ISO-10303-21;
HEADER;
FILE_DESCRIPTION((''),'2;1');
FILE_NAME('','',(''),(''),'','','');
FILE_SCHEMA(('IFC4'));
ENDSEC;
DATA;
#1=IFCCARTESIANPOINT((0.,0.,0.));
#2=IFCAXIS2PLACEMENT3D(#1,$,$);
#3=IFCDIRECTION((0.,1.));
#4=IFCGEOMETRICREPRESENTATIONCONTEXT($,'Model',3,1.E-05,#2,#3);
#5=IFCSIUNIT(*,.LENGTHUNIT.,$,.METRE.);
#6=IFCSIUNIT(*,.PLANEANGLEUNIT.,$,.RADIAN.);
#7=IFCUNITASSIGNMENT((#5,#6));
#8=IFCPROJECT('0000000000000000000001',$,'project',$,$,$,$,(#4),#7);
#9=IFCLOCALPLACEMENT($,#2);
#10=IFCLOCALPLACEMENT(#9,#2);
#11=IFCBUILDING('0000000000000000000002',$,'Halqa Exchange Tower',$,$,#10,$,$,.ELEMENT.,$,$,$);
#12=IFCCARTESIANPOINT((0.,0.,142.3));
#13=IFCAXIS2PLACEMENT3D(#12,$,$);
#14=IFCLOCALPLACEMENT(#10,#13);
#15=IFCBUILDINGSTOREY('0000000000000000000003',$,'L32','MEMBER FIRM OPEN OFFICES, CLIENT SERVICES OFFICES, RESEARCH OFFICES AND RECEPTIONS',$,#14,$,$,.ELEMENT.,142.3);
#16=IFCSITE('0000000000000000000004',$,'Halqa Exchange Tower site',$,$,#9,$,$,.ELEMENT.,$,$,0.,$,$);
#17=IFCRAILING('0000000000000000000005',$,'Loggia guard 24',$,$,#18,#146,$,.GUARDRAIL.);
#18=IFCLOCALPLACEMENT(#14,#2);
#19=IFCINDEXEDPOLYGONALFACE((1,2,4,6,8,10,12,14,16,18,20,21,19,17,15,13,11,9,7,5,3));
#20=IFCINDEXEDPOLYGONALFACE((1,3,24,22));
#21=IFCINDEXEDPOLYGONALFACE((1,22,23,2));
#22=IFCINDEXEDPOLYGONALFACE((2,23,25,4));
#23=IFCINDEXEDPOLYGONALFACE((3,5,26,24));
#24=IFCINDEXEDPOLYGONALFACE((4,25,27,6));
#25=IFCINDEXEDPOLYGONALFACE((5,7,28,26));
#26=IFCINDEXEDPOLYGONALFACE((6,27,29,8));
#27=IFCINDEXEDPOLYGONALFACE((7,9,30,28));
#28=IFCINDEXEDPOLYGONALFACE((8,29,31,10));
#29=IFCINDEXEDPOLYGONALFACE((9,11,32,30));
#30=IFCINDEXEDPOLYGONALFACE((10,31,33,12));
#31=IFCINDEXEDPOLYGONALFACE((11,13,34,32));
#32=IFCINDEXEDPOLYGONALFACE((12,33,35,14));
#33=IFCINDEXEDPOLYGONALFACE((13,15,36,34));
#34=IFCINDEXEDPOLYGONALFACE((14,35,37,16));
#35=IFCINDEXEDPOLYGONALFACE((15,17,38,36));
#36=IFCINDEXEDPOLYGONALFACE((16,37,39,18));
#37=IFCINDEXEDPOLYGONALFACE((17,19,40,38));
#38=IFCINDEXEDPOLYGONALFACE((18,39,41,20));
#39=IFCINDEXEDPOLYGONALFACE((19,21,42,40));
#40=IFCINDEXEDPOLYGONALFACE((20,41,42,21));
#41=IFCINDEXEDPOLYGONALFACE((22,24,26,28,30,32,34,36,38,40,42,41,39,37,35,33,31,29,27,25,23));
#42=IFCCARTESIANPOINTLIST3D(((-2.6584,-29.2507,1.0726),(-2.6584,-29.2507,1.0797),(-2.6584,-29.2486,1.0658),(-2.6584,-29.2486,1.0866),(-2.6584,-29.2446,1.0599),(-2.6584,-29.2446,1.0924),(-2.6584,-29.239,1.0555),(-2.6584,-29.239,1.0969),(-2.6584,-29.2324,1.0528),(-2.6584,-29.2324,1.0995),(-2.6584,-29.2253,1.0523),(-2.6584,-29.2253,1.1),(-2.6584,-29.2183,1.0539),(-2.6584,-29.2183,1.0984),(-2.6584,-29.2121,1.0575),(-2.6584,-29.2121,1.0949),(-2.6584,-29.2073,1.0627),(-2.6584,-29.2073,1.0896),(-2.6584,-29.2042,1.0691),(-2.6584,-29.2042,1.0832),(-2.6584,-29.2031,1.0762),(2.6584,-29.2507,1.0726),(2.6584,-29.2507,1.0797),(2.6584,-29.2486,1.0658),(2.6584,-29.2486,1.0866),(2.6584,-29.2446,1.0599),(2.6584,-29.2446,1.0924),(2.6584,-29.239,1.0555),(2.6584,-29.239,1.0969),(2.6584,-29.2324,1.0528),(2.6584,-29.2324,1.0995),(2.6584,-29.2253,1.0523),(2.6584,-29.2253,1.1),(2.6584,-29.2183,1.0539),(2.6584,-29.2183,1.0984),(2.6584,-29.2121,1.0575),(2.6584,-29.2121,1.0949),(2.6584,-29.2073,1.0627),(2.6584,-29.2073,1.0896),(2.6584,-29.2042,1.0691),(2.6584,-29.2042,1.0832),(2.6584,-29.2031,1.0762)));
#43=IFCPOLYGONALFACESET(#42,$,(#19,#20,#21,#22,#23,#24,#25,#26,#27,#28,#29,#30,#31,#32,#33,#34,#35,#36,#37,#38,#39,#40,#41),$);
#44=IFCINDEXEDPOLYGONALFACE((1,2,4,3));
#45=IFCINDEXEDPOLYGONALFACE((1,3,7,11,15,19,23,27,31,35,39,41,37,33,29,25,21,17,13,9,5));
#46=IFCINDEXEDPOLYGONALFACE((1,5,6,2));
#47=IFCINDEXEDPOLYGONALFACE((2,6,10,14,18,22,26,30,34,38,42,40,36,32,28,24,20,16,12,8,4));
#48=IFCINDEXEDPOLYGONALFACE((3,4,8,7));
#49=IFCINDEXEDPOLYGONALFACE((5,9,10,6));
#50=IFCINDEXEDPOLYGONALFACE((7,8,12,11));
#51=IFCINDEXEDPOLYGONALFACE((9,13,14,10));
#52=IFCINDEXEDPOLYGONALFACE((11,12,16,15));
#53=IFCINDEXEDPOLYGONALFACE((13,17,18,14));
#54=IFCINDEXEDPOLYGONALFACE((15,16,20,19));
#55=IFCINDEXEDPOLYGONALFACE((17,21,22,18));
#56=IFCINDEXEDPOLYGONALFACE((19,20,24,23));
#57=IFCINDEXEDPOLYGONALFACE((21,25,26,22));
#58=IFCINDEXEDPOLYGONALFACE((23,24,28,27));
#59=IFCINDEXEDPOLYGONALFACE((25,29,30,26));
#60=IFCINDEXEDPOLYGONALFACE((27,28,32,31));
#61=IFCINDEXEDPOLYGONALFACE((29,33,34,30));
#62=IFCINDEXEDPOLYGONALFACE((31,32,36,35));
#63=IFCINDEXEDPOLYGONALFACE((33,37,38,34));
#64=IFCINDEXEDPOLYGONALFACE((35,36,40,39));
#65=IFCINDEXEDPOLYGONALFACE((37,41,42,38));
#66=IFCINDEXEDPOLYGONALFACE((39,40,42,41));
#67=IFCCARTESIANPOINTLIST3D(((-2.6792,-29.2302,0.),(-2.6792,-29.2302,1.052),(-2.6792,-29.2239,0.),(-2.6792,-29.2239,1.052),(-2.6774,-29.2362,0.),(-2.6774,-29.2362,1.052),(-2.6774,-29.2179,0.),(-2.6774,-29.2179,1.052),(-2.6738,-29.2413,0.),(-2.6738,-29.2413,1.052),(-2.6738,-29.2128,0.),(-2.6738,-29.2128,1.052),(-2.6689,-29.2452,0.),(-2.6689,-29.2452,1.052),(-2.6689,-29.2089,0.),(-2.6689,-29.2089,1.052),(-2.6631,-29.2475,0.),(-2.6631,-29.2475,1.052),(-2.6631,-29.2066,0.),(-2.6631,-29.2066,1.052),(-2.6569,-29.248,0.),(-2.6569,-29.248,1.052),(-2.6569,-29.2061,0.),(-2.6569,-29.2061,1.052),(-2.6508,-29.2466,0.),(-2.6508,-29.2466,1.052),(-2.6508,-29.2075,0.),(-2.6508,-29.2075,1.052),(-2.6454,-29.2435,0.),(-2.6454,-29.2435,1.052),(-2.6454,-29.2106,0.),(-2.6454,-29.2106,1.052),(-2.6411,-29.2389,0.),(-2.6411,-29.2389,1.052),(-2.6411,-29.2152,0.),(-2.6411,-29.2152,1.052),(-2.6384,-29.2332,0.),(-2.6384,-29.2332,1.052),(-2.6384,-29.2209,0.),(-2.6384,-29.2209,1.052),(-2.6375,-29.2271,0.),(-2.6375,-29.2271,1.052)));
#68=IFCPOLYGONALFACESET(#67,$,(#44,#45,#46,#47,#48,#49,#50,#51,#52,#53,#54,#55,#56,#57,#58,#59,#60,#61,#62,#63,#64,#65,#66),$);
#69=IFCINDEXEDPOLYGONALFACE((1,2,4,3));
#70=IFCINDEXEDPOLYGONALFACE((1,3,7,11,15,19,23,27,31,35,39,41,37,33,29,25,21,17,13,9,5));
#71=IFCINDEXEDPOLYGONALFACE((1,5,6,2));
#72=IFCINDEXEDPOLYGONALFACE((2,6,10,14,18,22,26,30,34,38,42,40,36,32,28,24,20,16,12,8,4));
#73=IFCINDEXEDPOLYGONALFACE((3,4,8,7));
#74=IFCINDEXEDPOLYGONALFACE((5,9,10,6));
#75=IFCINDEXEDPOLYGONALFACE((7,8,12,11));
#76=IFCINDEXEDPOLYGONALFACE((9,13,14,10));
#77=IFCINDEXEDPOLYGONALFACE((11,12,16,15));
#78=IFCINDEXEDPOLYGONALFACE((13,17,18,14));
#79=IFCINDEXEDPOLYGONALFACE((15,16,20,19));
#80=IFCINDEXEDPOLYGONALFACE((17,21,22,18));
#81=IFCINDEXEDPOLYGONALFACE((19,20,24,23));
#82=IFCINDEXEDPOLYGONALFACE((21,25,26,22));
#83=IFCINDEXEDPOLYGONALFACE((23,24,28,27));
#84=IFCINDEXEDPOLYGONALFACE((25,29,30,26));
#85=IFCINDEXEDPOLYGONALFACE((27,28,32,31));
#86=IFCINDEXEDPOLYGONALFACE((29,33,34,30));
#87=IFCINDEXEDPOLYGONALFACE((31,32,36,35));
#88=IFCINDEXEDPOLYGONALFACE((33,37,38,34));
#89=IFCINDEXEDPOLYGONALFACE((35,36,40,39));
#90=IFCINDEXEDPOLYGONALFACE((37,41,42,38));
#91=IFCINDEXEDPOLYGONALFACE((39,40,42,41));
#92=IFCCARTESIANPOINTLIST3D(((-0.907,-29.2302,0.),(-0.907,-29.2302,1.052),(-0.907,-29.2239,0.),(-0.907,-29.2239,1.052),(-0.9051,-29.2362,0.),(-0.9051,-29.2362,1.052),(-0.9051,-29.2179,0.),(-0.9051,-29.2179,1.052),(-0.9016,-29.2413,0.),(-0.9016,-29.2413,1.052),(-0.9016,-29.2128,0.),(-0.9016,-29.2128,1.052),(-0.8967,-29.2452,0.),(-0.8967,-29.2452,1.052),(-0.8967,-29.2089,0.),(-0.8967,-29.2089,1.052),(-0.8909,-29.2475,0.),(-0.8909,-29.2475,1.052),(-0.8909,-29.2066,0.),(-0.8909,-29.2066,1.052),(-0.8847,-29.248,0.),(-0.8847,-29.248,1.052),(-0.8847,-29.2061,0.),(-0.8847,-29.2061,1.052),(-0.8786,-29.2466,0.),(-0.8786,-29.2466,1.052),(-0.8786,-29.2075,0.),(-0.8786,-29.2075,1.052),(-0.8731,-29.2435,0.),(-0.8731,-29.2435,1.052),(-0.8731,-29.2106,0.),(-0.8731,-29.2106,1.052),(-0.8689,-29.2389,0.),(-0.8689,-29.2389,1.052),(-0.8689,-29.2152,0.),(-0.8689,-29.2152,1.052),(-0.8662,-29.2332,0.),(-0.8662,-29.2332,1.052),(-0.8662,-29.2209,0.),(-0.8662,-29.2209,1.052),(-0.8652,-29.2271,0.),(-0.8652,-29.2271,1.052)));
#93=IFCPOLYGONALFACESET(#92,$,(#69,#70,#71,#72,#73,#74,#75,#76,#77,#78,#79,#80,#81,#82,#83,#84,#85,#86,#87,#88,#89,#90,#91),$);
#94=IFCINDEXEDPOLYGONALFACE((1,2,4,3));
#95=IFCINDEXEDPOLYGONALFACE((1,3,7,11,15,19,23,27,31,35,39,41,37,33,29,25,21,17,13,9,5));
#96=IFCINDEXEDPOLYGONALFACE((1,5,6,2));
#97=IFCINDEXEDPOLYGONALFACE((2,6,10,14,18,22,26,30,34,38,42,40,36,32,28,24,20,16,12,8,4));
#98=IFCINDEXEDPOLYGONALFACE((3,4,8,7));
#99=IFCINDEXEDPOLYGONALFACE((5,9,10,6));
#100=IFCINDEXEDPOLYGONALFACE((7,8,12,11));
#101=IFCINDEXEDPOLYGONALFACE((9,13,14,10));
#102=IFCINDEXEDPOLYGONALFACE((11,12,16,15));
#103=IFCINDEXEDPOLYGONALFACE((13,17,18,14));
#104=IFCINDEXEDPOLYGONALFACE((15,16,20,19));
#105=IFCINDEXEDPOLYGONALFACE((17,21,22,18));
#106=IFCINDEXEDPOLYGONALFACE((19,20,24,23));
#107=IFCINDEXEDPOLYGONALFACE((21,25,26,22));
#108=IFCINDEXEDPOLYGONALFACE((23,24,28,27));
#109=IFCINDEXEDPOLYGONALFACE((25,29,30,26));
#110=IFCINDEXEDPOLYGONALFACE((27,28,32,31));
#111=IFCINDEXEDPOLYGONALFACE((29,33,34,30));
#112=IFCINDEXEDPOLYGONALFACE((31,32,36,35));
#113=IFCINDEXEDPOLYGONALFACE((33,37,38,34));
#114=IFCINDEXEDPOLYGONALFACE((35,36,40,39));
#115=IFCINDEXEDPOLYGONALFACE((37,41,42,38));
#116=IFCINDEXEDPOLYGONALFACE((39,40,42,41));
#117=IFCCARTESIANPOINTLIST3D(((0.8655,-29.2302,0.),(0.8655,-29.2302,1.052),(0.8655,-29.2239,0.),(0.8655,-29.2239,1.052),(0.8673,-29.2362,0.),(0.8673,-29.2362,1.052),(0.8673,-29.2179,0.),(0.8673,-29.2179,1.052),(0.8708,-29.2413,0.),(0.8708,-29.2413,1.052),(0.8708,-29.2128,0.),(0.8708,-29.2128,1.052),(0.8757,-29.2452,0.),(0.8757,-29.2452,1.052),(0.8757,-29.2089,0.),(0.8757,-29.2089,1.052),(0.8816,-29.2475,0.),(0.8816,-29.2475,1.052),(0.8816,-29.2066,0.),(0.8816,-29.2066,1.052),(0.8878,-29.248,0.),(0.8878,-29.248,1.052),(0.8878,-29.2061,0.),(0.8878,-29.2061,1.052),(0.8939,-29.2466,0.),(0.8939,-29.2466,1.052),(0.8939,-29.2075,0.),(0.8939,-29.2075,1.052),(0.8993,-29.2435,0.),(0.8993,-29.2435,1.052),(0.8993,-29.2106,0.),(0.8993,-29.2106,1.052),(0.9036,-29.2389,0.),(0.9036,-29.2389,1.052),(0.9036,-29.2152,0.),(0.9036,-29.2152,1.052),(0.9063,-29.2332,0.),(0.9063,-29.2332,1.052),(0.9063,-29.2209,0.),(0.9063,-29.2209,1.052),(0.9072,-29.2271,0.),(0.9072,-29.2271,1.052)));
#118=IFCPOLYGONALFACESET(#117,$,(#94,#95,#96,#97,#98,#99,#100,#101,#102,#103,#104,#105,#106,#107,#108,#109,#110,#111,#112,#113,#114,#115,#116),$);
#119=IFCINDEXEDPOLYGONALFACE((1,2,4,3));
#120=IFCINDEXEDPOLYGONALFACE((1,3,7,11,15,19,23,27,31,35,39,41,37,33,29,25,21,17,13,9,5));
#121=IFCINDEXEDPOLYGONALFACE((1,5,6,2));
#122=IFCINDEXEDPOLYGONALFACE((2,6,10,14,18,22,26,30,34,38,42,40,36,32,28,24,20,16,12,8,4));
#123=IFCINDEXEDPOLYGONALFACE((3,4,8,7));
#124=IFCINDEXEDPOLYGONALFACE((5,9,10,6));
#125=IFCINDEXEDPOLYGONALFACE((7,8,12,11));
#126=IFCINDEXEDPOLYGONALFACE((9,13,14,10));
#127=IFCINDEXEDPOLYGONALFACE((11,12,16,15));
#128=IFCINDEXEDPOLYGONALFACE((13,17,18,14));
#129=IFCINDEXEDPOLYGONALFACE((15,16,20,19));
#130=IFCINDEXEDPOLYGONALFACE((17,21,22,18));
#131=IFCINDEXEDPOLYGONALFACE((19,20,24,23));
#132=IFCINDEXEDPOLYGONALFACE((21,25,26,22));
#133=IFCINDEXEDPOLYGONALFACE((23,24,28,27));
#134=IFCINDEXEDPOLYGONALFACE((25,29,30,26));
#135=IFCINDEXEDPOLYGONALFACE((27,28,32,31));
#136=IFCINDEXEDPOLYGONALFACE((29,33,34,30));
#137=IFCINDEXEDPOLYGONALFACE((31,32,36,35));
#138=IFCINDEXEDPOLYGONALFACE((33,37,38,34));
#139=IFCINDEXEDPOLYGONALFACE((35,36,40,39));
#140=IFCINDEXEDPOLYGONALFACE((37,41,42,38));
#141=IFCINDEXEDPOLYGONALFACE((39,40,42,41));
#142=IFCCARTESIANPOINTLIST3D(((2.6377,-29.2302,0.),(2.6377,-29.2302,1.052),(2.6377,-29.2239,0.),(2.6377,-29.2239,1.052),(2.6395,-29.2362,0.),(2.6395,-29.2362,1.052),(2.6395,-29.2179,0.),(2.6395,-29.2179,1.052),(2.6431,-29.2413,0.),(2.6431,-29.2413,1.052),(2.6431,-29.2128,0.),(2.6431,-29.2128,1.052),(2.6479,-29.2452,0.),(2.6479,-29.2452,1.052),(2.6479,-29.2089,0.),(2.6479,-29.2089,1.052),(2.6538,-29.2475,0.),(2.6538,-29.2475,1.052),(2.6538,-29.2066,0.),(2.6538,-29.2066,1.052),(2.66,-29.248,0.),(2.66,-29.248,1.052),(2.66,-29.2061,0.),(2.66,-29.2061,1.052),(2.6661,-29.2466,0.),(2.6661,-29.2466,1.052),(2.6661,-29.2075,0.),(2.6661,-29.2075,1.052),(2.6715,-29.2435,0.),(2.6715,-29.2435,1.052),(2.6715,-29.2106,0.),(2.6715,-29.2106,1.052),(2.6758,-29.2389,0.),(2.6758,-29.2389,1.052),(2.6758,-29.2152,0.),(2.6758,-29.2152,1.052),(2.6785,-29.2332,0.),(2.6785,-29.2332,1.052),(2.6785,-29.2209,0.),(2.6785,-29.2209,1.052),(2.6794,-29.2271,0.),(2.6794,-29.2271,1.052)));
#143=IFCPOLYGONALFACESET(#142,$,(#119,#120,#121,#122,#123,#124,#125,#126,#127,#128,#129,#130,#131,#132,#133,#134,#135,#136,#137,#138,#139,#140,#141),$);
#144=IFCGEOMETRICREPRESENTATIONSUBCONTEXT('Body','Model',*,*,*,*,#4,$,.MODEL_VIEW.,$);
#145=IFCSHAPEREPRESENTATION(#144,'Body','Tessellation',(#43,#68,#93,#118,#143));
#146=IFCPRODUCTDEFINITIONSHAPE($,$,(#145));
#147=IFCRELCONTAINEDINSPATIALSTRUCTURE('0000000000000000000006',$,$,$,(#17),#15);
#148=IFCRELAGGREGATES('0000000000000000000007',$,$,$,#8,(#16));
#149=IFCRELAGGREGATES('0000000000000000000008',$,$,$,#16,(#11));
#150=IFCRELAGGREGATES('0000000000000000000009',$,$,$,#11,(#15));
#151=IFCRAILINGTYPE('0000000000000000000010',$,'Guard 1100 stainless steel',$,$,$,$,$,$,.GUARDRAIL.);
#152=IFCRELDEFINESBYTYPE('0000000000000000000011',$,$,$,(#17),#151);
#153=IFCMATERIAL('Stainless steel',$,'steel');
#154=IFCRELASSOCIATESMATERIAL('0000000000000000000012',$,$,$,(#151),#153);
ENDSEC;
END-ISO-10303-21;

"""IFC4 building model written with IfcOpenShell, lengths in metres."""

from ifc_helpers import new_model, si_unit, direction, frame, origin, origin_2d, place, context, subcontext, project, spatial, circle, extrude, material, type_object, element, save


model = new_model("IFC4")

# Units and contexts
model_context = context("Model", 3, precision=1e-05, world=origin(), true_north=direction((0.0, 1.0)))
body_context = subcontext(model_context, "Body", "Model", "MODEL_VIEW")
ifc_project = project(units=[si_unit("LENGTHUNIT", "METRE"), si_unit("PLANEANGLEUNIT", "RADIAN")], contexts=[model_context])

# Site, building, storey
site_placement = place(None, origin())
site = spatial("IfcSite", under=ifc_project, at=site_placement, Name="Halqa Exchange Tower site", CompositionType="ELEMENT", RefElevation=0.0)
building_placement = place(site_placement, origin())
building = spatial("IfcBuilding", under=site, at=building_placement, Name="Halqa Exchange Tower", CompositionType="ELEMENT")
storey_placement = place(building_placement, frame((0.0, 0.0, 142.3)))
storey = spatial("IfcBuildingStorey", under=building, at=storey_placement, Name="L32", Description="MEMBER FIRM OPEN OFFICES, CLIENT SERVICES OFFICES, RESEARCH OFFICES AND RECEPTIONS", CompositionType="ELEMENT", Elevation=142.3)

# Railing
ifc_material_1 = material(Name="Stainless steel", Category="steel")
railing_type = type_object("IfcRailingType", Name="Guard 1100 stainless steel", PredefinedType="GUARDRAIL", material=ifc_material_1)
railing_1_placement = place(storey_placement, frame((-2.6584, -29.2271, 0.0)))
element("IfcRailing", 1, at=railing_1_placement, inside=storey, type_object=railing_type, Name="Loggia guard 24", PredefinedType="GUARDRAIL", context=body_context, shape_type="SweptSolid", body=[
    extrude(circle(Radius=0.0239, at=origin_2d()), frame((0.0, 0.0, 1.0762), z_axis=(1.0, 0.0, 0.0), x_axis=(0.0, 1.0, 0.0)), (0.0, 0.0, 1.0), 5.3169),
    extrude(circle(Radius=0.021, at=origin_2d()), origin(), (0.0, 0.0, 1.0), 1.052),
    extrude(circle(Radius=0.021, at=origin_2d()), frame((1.7722, 0.0, 0.0)), (0.0, 0.0, 1.0), 1.052),
    extrude(circle(Radius=0.021, at=origin_2d()), frame((3.5447, 0.0, 0.0)), (0.0, 0.0, 1.0), 1.052),
    extrude(circle(Radius=0.021, at=origin_2d()), frame((5.3169, 0.0, 0.0)), (0.0, 0.0, 1.0), 1.052),
])

save(model, "model.ifc")
